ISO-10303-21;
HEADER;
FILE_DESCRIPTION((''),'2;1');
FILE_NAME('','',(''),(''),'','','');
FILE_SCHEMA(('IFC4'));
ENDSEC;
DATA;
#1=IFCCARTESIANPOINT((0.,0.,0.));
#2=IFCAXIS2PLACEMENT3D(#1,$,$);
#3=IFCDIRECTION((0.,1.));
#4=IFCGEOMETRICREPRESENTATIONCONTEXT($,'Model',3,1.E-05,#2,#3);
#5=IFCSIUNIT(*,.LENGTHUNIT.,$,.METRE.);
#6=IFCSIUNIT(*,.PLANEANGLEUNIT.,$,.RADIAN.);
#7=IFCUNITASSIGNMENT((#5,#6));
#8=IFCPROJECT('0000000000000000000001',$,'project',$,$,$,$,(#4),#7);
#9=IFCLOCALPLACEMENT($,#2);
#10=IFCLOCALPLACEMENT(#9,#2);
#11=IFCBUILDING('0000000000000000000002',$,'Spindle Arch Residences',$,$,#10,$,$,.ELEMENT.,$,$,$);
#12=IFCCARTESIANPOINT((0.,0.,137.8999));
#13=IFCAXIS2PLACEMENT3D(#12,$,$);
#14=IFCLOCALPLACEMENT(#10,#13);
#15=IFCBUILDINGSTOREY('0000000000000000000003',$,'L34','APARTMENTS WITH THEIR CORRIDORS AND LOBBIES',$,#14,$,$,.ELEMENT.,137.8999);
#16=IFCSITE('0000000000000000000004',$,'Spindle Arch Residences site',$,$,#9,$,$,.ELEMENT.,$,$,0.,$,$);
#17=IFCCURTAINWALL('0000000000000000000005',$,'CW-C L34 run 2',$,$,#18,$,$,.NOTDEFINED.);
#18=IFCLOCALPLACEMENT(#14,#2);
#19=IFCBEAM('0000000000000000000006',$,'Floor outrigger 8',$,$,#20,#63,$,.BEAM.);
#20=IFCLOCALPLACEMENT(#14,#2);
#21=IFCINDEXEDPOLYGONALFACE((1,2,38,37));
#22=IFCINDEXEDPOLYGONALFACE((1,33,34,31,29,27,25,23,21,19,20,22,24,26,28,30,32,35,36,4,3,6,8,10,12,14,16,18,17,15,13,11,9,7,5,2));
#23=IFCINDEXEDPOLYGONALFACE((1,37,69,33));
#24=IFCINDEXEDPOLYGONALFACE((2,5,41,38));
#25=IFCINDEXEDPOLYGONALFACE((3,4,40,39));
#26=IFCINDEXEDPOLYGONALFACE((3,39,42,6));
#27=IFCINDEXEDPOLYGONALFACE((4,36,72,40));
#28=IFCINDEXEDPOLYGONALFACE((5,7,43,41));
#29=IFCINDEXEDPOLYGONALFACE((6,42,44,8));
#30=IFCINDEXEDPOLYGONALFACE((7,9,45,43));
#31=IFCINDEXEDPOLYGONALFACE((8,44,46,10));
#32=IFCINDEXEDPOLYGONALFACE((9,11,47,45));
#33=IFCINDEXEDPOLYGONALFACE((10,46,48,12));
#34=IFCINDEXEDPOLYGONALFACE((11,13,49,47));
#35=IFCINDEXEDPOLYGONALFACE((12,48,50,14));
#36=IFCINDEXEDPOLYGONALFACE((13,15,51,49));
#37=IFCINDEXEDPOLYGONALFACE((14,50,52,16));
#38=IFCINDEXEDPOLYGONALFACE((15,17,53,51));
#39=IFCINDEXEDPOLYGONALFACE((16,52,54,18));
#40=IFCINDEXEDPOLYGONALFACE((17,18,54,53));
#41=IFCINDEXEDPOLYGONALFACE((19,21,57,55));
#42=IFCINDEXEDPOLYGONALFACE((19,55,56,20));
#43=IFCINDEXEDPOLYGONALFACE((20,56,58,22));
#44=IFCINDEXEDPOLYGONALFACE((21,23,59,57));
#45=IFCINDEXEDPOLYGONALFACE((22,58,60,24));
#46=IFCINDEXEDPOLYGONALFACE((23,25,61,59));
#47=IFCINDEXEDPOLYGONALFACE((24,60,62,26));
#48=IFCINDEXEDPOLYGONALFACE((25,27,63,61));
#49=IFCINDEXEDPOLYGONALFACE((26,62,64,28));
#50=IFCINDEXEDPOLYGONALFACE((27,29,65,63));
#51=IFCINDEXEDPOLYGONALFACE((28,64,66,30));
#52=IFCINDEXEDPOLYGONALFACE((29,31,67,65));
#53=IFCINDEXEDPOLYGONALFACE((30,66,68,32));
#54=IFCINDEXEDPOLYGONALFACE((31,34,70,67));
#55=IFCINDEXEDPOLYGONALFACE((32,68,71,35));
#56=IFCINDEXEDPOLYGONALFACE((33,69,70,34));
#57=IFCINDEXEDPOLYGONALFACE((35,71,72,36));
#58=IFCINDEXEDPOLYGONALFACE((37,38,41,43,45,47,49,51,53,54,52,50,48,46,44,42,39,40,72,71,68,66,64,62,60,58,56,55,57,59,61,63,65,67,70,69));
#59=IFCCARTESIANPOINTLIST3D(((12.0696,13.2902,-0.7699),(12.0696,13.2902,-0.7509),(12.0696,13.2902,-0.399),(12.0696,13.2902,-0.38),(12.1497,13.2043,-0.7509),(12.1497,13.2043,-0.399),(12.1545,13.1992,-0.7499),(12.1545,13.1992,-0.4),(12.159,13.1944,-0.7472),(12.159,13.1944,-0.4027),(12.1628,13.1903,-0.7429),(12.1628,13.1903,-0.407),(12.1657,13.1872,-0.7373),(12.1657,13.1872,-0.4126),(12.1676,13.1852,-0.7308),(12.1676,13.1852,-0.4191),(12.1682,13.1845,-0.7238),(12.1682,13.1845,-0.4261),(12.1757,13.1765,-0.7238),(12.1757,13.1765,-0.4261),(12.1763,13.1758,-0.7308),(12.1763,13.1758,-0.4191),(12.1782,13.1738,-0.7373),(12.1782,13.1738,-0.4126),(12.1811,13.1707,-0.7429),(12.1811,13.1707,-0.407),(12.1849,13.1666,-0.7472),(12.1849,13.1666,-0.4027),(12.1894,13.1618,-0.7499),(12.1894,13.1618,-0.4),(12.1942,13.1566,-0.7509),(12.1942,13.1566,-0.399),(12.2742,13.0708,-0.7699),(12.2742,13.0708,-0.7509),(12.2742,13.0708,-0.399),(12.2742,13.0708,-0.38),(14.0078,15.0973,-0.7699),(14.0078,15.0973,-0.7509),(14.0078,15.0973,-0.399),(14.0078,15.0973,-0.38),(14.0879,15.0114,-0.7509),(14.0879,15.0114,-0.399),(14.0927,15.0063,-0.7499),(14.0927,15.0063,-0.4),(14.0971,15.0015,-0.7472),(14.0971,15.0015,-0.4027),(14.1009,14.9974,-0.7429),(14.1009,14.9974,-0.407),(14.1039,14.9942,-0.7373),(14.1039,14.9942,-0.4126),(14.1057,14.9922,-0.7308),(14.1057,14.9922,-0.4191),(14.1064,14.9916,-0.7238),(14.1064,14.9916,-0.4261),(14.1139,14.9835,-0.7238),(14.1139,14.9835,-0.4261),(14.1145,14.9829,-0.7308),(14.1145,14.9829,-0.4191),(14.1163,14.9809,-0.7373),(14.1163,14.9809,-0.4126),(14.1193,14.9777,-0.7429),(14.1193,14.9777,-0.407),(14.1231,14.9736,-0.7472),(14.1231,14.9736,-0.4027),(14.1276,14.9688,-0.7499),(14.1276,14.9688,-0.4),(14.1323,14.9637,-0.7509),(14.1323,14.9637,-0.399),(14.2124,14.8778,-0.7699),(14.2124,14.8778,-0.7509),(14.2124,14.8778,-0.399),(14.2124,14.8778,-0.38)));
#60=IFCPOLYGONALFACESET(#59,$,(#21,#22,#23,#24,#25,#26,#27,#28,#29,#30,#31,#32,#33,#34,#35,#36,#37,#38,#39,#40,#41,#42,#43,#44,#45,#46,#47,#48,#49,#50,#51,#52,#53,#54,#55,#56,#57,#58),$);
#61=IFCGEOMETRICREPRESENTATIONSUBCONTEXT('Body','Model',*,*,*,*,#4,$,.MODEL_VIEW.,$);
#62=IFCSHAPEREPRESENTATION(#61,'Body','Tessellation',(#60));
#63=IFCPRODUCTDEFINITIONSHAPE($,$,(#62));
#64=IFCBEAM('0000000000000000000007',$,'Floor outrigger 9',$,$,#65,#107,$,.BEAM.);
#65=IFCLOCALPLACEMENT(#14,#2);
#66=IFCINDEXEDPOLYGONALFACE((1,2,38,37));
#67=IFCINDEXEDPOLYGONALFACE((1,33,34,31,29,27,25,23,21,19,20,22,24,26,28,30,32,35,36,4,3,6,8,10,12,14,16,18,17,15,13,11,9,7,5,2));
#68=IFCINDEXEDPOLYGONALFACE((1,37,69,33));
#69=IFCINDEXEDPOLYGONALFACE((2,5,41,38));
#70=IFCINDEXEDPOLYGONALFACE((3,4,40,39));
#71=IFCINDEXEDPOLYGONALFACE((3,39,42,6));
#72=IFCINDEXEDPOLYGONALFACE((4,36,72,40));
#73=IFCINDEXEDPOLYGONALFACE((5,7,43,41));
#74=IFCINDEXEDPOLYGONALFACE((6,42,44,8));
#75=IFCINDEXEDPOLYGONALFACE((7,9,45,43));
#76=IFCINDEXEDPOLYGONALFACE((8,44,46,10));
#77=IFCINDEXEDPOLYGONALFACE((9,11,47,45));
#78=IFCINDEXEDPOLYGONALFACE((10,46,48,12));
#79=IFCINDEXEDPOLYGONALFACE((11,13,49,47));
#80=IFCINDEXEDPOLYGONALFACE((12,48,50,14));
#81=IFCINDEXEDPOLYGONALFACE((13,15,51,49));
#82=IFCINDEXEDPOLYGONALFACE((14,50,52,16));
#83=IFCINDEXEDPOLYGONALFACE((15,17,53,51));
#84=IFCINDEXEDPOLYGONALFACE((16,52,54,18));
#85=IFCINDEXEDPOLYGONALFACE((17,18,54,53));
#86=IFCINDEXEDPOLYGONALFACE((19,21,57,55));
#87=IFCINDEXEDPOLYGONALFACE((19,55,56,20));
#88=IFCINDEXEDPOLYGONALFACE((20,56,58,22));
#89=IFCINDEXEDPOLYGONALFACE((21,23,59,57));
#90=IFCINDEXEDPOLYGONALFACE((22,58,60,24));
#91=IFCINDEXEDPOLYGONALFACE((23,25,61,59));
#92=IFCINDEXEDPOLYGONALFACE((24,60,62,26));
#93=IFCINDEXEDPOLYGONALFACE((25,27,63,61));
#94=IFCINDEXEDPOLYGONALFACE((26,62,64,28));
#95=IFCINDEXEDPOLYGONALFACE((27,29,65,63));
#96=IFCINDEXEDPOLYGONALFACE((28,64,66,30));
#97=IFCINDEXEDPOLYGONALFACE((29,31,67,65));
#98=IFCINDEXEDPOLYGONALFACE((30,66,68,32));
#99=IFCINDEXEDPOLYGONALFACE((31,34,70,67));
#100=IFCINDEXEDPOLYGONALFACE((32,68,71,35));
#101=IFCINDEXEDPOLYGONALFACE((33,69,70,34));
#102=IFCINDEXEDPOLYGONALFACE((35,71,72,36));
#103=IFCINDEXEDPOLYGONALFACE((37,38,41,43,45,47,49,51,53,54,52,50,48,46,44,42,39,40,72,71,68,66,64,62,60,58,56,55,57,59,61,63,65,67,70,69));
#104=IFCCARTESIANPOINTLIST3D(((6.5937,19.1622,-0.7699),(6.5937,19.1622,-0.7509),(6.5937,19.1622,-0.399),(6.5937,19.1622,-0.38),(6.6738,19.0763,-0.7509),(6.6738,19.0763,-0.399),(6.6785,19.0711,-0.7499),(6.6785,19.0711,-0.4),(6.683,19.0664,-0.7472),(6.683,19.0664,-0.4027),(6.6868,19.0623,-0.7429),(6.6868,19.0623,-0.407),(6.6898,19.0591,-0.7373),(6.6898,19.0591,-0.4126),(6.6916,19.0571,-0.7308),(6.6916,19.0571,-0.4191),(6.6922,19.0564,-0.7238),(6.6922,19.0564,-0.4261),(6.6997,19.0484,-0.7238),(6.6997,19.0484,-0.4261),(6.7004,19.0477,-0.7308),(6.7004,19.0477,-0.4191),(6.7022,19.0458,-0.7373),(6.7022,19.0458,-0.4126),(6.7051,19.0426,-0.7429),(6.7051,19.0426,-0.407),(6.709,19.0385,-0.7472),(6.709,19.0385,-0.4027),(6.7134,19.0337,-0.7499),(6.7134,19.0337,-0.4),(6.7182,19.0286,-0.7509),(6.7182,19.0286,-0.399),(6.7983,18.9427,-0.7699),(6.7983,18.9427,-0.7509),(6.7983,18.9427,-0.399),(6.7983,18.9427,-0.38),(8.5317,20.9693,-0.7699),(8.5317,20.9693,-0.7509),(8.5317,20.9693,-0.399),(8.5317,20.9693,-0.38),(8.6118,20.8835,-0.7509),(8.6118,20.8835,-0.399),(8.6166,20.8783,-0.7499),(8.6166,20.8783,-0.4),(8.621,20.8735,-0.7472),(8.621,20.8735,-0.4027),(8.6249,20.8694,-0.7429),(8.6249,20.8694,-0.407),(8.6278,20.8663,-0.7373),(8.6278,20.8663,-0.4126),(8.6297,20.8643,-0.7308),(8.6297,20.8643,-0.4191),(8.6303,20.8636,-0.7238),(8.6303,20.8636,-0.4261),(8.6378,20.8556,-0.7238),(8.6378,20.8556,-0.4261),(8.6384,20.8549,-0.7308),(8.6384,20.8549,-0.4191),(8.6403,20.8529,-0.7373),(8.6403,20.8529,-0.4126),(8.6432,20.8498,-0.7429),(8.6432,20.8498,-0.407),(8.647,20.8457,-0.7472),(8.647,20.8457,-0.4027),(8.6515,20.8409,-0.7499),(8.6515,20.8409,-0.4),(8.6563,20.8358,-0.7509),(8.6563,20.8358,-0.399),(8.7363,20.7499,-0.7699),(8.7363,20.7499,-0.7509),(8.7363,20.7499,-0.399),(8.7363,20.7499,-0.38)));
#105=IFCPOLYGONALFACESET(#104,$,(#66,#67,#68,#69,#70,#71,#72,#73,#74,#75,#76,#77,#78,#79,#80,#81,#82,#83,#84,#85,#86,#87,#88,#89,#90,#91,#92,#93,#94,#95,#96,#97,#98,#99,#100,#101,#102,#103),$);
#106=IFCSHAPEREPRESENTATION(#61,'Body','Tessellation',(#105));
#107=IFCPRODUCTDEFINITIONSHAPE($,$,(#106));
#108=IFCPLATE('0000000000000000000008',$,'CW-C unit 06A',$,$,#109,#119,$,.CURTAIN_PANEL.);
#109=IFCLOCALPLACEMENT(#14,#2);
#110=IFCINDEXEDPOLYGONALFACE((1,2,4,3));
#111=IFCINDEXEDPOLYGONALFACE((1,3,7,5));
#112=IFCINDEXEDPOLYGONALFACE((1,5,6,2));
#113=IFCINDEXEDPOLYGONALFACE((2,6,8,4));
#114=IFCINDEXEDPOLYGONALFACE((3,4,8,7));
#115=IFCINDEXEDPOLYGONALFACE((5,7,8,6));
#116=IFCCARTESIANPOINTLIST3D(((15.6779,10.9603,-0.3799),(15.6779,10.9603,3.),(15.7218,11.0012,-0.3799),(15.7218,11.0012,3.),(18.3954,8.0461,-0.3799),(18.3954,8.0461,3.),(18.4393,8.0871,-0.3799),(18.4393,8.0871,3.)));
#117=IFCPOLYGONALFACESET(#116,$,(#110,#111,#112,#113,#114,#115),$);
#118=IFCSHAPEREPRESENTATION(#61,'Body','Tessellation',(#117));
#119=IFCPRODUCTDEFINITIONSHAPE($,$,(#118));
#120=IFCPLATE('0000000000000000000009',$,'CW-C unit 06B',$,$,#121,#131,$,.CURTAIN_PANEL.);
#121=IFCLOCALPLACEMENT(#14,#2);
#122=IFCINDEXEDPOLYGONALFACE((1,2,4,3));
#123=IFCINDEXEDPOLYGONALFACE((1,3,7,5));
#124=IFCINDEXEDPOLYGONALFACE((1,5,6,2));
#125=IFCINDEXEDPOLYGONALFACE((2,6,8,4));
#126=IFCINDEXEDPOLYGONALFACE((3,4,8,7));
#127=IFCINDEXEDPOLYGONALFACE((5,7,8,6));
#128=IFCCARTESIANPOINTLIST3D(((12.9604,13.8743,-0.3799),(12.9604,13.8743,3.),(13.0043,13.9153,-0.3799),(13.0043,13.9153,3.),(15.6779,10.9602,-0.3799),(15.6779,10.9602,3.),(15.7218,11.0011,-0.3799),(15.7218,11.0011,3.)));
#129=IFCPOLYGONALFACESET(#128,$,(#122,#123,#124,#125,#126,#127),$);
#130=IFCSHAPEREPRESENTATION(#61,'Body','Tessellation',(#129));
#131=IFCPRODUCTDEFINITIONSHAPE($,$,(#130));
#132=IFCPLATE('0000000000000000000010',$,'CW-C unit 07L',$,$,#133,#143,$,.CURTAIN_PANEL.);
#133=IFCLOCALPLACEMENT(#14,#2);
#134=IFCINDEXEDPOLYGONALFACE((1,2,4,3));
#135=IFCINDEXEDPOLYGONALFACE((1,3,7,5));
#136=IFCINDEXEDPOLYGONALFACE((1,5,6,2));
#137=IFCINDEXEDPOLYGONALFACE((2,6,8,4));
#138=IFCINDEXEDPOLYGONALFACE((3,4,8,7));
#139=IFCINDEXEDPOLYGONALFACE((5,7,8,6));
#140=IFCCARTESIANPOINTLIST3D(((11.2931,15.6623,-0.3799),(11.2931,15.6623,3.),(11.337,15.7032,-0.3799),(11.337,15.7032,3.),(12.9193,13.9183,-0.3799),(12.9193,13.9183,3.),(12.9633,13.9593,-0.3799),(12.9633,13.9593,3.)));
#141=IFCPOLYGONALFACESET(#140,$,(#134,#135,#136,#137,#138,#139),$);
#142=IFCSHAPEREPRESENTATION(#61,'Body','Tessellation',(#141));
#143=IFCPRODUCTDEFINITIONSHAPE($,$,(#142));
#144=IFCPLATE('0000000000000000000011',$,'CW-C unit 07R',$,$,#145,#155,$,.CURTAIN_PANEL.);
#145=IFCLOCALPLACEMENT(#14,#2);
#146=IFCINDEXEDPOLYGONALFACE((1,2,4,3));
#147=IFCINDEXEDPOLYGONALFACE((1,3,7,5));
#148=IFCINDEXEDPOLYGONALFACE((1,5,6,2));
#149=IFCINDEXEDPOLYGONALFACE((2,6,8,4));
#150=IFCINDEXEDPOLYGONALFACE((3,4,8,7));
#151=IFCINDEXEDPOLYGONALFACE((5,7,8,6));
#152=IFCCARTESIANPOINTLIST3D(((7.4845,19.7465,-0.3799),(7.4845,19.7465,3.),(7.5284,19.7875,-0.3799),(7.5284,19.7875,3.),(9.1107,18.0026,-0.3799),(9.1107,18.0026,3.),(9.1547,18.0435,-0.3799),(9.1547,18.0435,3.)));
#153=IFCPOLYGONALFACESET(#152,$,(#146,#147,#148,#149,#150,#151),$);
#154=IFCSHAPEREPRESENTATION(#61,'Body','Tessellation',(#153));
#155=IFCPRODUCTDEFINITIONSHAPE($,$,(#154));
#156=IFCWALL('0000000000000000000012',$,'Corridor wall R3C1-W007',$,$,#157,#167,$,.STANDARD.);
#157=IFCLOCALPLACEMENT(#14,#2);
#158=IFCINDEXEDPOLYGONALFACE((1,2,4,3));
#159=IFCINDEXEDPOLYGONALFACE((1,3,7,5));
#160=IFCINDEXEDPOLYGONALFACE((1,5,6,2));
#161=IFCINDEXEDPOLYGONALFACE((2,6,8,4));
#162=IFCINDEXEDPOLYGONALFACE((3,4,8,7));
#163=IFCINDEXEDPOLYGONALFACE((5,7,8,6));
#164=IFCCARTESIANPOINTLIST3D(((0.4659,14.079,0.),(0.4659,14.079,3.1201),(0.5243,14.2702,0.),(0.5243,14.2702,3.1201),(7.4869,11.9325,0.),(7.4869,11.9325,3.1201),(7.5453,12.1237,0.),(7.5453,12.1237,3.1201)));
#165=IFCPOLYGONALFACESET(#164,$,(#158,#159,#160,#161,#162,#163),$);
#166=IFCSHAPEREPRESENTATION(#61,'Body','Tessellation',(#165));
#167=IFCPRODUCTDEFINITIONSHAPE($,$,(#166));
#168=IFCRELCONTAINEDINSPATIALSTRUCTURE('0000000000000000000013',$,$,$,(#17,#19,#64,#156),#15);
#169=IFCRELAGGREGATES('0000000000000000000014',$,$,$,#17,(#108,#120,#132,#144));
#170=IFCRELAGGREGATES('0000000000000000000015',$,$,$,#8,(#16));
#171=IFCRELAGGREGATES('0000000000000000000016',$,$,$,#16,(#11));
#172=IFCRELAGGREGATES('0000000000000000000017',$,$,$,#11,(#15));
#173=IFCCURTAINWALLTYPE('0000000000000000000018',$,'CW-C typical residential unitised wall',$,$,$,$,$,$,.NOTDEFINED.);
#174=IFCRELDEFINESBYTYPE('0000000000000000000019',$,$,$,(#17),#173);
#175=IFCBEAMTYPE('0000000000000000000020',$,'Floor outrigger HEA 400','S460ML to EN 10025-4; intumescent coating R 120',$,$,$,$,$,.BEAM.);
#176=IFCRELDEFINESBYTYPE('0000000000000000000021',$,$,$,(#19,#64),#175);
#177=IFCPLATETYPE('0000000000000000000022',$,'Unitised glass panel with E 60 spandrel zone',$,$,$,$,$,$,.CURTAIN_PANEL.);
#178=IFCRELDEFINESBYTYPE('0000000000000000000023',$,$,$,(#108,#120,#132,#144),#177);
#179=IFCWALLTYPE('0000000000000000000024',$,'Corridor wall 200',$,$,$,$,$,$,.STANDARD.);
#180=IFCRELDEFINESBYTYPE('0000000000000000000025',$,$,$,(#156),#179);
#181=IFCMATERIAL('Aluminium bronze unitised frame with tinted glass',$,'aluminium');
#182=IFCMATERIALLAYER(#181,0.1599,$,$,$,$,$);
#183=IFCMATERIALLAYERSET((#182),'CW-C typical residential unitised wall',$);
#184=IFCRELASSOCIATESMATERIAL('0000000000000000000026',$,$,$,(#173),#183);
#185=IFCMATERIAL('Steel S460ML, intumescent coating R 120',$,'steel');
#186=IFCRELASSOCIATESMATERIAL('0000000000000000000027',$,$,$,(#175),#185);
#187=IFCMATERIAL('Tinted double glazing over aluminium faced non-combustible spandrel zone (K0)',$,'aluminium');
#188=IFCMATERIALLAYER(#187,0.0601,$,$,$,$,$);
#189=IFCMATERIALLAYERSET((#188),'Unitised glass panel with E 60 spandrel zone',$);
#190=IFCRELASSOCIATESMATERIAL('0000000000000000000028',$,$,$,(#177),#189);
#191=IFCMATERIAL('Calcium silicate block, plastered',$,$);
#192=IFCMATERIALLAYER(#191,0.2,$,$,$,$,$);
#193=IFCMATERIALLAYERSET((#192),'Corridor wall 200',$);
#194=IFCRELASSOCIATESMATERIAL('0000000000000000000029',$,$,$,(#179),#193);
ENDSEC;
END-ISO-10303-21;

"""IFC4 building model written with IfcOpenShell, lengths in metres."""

from ifc_helpers import new_model, si_unit, direction, frame, frame_2d, origin, origin_2d, place, context, subcontext, project, spatial, rectangle, i_section, extrude, material, layer, layer_set, material_profile, profile_set, type_object, element, aggregate, save


model = new_model("IFC4")

# Units and contexts
model_context = context("Model", 3, precision=1e-05, world=origin(), true_north=direction((0.0, 1.0)))
body_context = subcontext(model_context, "Body", "Model", "MODEL_VIEW")
ifc_project = project(units=[si_unit("LENGTHUNIT", "METRE"), si_unit("PLANEANGLEUNIT", "RADIAN")], contexts=[model_context])

# Site, building, storey
site_placement = place(None, origin())
site = spatial("IfcSite", under=ifc_project, at=site_placement, Name="Spindle Arch Residences site", CompositionType="ELEMENT", RefElevation=0.0)
building_placement = place(site_placement, origin())
building = spatial("IfcBuilding", under=site, at=building_placement, Name="Spindle Arch Residences", CompositionType="ELEMENT")
storey_placement = place(building_placement, frame((0.0, 0.0, 137.8999)))
storey = spatial("IfcBuildingStorey", under=building, at=storey_placement, Name="L34", Description="APARTMENTS WITH THEIR CORRIDORS AND LOBBIES", CompositionType="ELEMENT", Elevation=137.8999)

# Curtain wall
ifc_material_1 = material(Name="Aluminium bronze unitised frame with tinted glass", Category="aluminium")
ifc_layer_1 = layer(ifc_material_1, 0.1599)
ifc_layer_set_1 = layer_set([ifc_layer_1], Name="CW-C typical residential unitised wall")
curtain_wall_type = type_object("IfcCurtainWallType", Name="CW-C typical residential unitised wall", PredefinedType="NOTDEFINED", material=ifc_layer_set_1)
curtain_wall_placement = place(storey_placement, origin())
curtain_wall = element("IfcCurtainWall", 1, at=curtain_wall_placement, inside=storey, type_object=curtain_wall_type, Name="CW-C L34 run 2", PredefinedType="NOTDEFINED")

# Beams
ifc_material_2 = material(Name="Steel S460ML, intumescent coating R 120", Category="steel")
ifc_material_profile_1 = material_profile(ifc_material_2, i_section(OverallWidth=0.3, OverallDepth=0.3899, WebThickness=0.011, FlangeThickness=0.019, FilletRadius=0.0271, at=origin_2d()), Name="HEA 400")
ifc_profile_set_1 = profile_set([ifc_material_profile_1], Name="Steel S460ML, intumescent coating R 120")
beam_type_1 = type_object("IfcBeamType", Name="Floor outrigger HEA 400", Description="S460ML to EN 10025-4; intumescent coating R 120", PredefinedType="BEAM", material=ifc_profile_set_1)
for number, where, z_axis, x_axis, name in (
    (2, (14.1101, 14.9875, -0.575), (-0.731411, -0.681937, 0.0), (0.681937, -0.731411, 0.0), "Floor outrigger 8"),
    (3, (8.634, 20.8596, -0.575), (-0.731368, -0.681983, 0.0), (0.681983, -0.731368, 0.0), "Floor outrigger 9"),
):
    element("IfcBeam", number, at=place(storey_placement, frame(where, z_axis=z_axis, x_axis=x_axis)), inside=storey, type_object=beam_type_1, Name=name, PredefinedType="BEAM", context=body_context, shape_type="SweptSolid", body=[
        extrude(i_section(OverallWidth=0.3, OverallDepth=0.3899, WebThickness=0.011, FlangeThickness=0.019, FilletRadius=0.0271, at=origin_2d()), origin(), (0.0, 0.0, 1.0), 2.6499),
    ])

# Plates
ifc_material_3 = material(Name="Tinted double glazing over aluminium faced non-combustible spandrel zone (K0)", Category="aluminium")
ifc_layer_2 = layer(ifc_material_3, 0.0601)
ifc_layer_set_2 = layer_set([ifc_layer_2], Name="Unitised glass panel with E 60 spandrel zone")
plate_type = type_object("IfcPlateType", Name="Unitised glass panel with E 60 spandrel zone", PredefinedType="CURTAIN_PANEL", material=ifc_layer_set_2)
plate_1_placement = place(storey_placement, frame((17.0586, 9.5237, -0.3799), z_axis=(0.0, 0.0, 1.0), x_axis=(-0.681998, 0.731354, 0.0)))
plate_1 = element("IfcPlate", 4, at=plate_1_placement, type_object=plate_type, Name="CW-C unit 06A", PredefinedType="CURTAIN_PANEL", context=body_context, shape_type="SweptSolid", body=[
    extrude(rectangle(XDim=3.9846, YDim=0.0601, at=origin_2d()), origin(), (0.0, 0.0, 1.0), 3.3799),
])
plate_2_placement = place(storey_placement, frame((14.3411, 12.4377, -0.3799), z_axis=(0.0, 0.0, 1.0), x_axis=(-0.681998, 0.731354, 0.0)))
plate_2 = element("IfcPlate", 5, at=plate_2_placement, type_object=plate_type, Name="CW-C unit 06B", PredefinedType="CURTAIN_PANEL", context=body_context, shape_type="SweptSolid", body=[
    extrude(rectangle(XDim=3.9846, YDim=0.0601, at=origin_2d()), origin(), (0.0, 0.0, 1.0), 3.3799),
])
plate_3_placement = place(storey_placement, frame((12.1282, 14.8108, -0.3799), z_axis=(0.0, 0.0, 1.0), x_axis=(-0.681998, 0.731354, 0.0)))
plate_3 = element("IfcPlate", 6, at=plate_3_placement, type_object=plate_type, Name="CW-C unit 07L", PredefinedType="CURTAIN_PANEL", context=body_context, shape_type="SweptSolid", body=[
    extrude(rectangle(XDim=2.3845, YDim=0.0601, at=origin_2d()), origin(), (0.0, 0.0, 1.0), 3.3799),
])
plate_4_placement = place(storey_placement, frame((8.3196, 18.895, -0.3799), z_axis=(0.0, 0.0, 1.0), x_axis=(-0.681998, 0.731354, 0.0)))
plate_4 = element("IfcPlate", 7, at=plate_4_placement, type_object=plate_type, Name="CW-C unit 07R", PredefinedType="CURTAIN_PANEL", context=body_context, shape_type="SweptSolid", body=[
    extrude(rectangle(XDim=2.3845, YDim=0.0601, at=origin_2d()), origin(), (0.0, 0.0, 1.0), 3.3799),
])
aggregate(curtain_wall, [plate_1, plate_2, plate_3, plate_4])

# Wall
ifc_material_4 = material(Name="Calcium silicate block, plastered")
ifc_layer_3 = layer(ifc_material_4, 0.2)
ifc_layer_set_3 = layer_set([ifc_layer_3], Name="Corridor wall 200")
wall_type_1 = type_object("IfcWallType", Name="Corridor wall 200", PredefinedType="STANDARD", material=ifc_layer_set_3)
wall_1_placement = place(storey_placement, frame((7.5161, 12.0281, 0.0), z_axis=(0.0, 0.0, 1.0), x_axis=(-0.956307, 0.292366, 0.0)))
element("IfcWall", 8, at=wall_1_placement, inside=storey, type_object=wall_type_1, Name="Corridor wall R3C1-W007", PredefinedType="STANDARD", context=body_context, shape_type="SweptSolid", body=[
    extrude(rectangle(XDim=7.3418, YDim=0.2, at=frame_2d((3.6709, 0.0))), origin(), (0.0, 0.0, 1.0), 3.1201),
])

save(model, "model.ifc")
